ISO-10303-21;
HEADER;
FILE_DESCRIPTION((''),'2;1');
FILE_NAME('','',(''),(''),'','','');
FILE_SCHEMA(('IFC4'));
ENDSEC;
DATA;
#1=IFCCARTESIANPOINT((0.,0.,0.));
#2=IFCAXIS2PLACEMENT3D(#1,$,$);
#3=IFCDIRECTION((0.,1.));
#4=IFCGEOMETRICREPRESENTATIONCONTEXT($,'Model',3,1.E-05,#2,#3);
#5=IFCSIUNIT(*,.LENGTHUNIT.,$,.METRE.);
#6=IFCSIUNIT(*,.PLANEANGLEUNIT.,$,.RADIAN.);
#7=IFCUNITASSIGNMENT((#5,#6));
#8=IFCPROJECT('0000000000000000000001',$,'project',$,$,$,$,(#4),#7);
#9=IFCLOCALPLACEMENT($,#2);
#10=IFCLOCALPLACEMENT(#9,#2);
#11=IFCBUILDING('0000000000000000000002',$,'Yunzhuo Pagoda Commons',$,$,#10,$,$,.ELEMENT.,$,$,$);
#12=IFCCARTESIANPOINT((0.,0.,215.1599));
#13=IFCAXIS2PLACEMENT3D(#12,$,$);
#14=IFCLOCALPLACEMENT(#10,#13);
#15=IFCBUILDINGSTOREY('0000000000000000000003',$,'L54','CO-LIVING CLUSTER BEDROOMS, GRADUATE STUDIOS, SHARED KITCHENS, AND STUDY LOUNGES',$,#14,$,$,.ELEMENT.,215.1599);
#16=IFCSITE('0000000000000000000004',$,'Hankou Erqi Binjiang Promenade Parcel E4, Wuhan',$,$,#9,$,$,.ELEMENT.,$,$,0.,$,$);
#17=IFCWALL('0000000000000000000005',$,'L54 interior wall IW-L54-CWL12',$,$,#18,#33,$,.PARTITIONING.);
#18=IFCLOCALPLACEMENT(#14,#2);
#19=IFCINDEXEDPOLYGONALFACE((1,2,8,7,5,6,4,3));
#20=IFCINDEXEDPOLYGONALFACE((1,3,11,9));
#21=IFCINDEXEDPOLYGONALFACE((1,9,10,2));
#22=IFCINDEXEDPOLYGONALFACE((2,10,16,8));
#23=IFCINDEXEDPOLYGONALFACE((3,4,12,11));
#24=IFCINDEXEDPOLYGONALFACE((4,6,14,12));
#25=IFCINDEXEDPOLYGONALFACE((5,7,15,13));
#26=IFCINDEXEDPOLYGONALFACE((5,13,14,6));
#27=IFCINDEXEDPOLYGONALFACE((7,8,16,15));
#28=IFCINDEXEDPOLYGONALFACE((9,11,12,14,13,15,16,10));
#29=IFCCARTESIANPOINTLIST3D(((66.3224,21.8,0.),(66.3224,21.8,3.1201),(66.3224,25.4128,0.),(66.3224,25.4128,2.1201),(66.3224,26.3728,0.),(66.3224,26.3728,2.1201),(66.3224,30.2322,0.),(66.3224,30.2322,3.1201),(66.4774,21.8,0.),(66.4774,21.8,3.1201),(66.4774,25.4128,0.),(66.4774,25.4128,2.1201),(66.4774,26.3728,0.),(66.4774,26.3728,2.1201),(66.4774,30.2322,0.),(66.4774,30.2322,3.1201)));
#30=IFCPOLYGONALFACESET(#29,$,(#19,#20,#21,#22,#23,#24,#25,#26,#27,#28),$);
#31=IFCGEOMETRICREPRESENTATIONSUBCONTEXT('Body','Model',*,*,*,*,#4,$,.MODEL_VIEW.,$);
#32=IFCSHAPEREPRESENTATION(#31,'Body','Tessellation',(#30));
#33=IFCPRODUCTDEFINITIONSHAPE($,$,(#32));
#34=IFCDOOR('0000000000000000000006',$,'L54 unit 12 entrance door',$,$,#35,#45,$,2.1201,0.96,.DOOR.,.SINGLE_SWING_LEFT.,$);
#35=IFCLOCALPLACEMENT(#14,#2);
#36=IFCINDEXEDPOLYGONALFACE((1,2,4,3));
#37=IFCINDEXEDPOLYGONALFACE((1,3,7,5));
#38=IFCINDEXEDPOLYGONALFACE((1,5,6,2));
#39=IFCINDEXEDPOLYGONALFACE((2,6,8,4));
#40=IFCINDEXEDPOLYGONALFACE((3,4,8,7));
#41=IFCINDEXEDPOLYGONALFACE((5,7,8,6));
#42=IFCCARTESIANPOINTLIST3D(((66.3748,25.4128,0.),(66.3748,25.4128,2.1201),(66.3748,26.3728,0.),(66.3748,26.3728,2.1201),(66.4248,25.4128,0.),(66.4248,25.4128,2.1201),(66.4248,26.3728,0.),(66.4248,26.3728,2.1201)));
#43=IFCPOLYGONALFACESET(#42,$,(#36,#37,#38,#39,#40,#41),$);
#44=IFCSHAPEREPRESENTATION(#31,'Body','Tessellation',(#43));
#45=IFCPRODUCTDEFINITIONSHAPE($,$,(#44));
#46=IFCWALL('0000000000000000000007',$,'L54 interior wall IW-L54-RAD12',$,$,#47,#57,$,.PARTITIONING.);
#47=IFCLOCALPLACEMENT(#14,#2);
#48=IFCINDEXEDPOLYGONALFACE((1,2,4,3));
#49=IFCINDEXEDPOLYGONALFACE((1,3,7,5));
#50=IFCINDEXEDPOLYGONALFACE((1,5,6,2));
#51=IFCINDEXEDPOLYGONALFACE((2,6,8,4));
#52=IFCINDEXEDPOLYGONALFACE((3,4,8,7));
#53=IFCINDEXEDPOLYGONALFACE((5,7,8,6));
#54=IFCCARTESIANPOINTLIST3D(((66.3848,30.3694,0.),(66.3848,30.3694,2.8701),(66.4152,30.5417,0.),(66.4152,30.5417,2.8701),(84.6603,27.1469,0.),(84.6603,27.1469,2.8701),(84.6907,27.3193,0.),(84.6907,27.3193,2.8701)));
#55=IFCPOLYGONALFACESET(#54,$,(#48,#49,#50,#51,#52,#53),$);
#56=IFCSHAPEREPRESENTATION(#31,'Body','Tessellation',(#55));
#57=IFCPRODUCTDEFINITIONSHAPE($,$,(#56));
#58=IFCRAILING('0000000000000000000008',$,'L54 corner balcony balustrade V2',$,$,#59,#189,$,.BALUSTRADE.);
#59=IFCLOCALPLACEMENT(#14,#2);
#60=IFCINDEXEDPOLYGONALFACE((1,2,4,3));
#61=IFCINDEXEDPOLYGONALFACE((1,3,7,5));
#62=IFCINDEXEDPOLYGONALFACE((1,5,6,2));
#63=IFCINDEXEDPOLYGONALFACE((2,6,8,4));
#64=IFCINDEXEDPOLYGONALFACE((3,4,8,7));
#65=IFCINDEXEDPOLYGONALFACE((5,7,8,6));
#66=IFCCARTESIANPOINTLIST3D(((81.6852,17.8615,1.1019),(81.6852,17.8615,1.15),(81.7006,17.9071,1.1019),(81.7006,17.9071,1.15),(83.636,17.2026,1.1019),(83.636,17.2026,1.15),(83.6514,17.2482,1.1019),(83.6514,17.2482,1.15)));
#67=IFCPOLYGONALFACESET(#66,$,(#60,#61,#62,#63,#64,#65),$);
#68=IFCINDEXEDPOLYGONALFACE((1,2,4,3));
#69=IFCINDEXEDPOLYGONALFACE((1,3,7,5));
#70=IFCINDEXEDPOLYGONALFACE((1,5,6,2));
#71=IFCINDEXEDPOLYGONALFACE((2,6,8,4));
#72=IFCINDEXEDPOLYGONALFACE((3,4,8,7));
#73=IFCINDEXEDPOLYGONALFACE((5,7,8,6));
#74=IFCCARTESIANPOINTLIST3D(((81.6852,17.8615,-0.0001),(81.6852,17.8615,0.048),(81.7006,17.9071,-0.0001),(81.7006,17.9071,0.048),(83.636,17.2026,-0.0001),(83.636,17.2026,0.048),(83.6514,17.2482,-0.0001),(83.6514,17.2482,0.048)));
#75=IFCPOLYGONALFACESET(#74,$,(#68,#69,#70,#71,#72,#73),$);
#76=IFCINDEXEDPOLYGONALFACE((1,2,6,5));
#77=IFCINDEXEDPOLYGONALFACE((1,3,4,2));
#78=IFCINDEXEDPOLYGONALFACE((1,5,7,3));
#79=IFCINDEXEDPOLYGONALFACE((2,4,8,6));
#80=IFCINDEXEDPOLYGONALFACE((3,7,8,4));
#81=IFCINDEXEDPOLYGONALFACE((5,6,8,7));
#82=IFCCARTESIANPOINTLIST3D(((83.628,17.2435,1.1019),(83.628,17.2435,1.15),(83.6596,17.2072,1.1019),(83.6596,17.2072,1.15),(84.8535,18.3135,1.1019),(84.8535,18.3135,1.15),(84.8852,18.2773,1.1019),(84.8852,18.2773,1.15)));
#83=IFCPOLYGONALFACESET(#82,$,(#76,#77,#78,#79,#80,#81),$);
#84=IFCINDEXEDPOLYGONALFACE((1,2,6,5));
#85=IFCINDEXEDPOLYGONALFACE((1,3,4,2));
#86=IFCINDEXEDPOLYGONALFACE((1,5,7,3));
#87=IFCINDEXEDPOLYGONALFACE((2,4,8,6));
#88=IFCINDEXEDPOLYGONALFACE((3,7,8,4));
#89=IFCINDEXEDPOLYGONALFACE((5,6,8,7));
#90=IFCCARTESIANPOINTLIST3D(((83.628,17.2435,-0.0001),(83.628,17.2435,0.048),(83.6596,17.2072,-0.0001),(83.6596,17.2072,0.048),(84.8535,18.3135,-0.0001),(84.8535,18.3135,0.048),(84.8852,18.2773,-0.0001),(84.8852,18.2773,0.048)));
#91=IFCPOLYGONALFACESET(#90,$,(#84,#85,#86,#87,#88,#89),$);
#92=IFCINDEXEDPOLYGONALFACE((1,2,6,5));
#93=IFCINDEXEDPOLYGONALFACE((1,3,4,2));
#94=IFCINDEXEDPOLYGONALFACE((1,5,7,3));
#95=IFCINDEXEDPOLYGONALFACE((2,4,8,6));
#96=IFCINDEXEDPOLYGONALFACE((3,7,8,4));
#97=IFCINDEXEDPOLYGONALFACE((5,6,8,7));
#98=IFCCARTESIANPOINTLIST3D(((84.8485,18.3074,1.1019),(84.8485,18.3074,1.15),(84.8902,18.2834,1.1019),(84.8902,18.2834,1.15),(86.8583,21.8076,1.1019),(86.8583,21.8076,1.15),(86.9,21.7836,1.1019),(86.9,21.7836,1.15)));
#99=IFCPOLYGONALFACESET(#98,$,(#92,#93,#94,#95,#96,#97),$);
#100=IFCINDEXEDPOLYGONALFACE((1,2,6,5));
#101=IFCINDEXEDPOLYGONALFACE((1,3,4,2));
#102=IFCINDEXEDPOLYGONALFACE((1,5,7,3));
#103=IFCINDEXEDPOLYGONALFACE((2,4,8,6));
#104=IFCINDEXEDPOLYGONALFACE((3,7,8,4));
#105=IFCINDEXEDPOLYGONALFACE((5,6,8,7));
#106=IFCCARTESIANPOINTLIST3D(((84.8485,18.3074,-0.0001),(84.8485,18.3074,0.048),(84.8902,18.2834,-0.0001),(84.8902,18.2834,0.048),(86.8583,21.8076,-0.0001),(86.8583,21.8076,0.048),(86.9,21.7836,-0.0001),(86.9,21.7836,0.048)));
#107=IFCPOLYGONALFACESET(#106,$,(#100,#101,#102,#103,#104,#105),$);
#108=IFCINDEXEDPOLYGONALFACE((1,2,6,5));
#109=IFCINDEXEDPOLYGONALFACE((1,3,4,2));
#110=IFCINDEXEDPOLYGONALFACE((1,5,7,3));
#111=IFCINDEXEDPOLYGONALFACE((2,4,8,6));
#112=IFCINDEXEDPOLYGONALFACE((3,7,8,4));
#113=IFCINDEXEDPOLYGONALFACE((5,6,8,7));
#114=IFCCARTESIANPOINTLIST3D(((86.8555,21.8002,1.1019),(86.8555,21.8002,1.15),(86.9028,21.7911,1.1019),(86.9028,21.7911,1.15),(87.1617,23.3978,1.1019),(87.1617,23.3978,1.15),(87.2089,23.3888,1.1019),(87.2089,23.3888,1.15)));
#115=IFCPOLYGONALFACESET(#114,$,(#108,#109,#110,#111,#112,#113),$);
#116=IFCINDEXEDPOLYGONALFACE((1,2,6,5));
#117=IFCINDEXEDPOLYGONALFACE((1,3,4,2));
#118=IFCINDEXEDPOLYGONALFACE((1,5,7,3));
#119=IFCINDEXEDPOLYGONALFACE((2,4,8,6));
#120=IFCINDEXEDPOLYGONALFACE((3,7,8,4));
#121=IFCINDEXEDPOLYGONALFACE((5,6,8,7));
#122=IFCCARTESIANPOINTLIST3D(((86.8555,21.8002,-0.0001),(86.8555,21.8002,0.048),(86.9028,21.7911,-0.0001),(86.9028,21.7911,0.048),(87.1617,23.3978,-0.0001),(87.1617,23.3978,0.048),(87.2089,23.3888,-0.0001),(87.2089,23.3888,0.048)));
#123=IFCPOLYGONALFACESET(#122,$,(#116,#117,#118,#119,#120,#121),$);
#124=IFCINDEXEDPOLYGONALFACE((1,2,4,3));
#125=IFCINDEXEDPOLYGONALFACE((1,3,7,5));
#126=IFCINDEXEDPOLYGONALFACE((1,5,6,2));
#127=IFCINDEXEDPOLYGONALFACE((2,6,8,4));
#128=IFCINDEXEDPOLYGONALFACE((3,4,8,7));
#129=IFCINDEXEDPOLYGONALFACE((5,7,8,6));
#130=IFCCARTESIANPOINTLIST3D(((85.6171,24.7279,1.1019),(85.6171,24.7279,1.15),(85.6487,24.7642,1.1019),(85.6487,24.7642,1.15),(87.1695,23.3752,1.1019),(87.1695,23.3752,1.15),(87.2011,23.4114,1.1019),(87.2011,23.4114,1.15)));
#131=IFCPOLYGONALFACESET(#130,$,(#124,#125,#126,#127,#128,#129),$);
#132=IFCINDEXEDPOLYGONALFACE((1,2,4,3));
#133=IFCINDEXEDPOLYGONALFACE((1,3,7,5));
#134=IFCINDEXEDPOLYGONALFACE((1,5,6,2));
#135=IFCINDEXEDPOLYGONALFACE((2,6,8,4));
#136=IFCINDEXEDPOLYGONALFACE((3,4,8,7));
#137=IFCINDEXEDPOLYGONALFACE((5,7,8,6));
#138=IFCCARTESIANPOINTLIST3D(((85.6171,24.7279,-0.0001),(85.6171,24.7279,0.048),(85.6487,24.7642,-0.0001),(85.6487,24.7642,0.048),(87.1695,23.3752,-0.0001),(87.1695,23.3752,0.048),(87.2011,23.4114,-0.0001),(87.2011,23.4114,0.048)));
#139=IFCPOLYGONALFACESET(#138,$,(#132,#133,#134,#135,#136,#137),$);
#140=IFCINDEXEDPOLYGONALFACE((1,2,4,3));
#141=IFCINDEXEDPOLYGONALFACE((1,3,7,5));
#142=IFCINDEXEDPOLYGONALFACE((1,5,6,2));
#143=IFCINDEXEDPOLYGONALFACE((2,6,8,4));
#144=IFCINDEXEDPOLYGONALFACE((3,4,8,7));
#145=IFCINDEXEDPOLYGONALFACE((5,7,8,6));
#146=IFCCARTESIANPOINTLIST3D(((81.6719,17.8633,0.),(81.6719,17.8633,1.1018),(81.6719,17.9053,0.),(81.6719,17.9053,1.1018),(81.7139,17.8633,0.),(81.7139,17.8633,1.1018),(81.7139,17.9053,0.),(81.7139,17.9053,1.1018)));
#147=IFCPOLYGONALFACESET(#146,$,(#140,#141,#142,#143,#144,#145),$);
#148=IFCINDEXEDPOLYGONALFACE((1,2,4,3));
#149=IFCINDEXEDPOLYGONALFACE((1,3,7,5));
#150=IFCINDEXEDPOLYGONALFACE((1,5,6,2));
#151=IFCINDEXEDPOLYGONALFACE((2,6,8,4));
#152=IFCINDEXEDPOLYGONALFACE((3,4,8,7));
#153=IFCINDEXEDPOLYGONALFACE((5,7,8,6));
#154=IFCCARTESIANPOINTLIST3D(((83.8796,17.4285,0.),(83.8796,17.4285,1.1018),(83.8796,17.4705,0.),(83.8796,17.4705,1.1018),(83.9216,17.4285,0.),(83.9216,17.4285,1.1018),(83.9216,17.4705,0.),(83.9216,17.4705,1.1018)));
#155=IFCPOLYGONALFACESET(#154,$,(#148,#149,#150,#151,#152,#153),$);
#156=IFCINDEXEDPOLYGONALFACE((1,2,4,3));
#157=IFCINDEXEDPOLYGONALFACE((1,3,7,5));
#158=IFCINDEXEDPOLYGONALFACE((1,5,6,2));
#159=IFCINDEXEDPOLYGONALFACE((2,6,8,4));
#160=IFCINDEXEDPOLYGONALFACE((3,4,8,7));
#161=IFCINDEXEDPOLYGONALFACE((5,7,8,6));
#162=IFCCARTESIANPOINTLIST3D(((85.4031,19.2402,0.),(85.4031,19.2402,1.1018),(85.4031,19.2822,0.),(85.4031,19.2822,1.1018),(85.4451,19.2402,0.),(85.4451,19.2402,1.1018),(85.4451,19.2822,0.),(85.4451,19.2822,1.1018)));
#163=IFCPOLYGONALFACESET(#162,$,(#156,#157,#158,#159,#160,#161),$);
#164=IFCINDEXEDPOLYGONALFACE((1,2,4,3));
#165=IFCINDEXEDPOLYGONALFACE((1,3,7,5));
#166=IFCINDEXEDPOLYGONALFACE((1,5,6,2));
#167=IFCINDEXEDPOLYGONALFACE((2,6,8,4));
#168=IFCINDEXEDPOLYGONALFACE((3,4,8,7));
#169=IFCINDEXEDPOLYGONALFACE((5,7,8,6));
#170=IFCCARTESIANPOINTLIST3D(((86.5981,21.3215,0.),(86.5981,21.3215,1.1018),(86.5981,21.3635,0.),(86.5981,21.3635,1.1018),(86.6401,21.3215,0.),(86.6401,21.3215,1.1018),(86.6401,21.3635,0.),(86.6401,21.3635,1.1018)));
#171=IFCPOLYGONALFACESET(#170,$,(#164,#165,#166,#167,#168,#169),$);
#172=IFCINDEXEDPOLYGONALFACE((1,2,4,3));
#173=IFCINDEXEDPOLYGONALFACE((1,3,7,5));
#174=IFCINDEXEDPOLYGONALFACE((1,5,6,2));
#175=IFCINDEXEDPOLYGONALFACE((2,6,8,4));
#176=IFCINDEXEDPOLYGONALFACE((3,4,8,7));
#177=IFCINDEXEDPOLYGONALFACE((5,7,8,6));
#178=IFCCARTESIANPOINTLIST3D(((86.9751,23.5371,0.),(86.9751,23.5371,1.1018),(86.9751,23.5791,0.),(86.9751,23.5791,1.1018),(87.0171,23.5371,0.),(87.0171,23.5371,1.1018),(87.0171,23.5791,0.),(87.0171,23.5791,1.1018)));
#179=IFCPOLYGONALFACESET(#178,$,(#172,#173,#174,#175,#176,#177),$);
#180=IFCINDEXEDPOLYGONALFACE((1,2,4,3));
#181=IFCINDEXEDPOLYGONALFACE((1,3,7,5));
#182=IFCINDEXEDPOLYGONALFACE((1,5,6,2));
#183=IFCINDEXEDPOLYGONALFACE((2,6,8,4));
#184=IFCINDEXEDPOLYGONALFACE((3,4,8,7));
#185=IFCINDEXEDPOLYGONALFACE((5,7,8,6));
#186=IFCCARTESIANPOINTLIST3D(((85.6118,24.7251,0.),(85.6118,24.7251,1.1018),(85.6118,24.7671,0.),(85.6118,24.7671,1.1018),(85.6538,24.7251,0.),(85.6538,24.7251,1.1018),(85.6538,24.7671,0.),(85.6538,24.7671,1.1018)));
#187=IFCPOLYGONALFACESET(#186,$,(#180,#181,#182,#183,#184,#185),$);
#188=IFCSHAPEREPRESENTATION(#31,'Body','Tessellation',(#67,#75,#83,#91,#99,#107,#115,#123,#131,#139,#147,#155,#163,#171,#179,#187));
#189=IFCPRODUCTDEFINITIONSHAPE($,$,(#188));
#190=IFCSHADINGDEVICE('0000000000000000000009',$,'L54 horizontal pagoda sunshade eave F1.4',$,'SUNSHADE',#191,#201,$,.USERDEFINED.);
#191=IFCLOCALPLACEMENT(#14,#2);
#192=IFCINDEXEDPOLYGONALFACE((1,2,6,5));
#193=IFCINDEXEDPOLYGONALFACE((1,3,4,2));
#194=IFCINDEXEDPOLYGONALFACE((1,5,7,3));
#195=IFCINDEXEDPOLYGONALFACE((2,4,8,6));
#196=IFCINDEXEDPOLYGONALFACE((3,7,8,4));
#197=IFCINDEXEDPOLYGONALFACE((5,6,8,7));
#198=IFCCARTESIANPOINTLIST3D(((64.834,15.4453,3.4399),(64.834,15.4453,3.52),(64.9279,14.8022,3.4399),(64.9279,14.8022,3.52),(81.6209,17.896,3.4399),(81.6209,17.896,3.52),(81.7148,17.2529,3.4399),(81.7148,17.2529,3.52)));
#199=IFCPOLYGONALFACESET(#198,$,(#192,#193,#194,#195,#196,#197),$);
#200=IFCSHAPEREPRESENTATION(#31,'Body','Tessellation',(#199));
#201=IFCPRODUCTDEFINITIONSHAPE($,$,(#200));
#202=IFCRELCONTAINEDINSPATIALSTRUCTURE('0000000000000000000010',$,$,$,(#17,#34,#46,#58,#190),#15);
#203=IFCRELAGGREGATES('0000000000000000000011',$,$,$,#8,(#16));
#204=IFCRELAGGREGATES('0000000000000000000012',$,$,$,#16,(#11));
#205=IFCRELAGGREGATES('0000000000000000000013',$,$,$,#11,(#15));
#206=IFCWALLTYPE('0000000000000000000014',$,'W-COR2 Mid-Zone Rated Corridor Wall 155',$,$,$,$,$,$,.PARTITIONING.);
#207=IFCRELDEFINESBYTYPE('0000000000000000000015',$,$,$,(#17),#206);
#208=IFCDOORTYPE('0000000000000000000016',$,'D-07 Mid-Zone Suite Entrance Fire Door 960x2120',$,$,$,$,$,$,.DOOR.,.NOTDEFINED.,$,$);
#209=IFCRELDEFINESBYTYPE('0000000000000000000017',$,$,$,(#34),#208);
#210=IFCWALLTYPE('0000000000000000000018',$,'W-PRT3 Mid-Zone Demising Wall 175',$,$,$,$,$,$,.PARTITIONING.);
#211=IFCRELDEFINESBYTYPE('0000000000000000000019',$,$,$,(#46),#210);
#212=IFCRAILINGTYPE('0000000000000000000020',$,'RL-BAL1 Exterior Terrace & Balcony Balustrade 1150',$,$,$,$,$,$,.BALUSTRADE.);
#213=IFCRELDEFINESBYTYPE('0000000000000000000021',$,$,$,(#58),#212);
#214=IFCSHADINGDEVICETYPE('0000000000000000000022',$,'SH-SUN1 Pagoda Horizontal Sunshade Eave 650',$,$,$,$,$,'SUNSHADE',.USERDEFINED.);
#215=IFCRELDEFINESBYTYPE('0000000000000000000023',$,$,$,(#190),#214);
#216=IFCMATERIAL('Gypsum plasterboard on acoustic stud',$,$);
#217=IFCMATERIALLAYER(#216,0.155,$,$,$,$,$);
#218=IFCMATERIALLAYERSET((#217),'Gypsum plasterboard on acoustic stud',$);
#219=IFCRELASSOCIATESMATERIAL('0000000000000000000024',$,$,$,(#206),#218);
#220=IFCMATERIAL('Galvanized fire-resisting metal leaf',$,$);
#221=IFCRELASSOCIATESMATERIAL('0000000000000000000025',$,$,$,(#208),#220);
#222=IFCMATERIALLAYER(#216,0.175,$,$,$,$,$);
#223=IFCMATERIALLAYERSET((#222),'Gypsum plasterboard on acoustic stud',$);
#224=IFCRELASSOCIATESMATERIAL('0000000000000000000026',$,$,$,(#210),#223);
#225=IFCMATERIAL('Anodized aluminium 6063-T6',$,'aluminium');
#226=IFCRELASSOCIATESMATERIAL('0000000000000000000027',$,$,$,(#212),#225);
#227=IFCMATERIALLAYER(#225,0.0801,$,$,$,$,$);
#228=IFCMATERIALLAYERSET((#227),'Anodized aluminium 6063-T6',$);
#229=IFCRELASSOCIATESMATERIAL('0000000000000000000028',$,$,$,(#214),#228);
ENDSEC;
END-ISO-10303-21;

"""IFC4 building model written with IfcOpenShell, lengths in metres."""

from ifc_helpers import new_model, si_unit, direction, frame, frame_2d, origin, origin_with_axes, origin_2d, place, context, subcontext, project, spatial, rectangle, extrude, source, transform, mapped, material, layer, layer_set, type_object, element, fill, save


model = new_model("IFC4")

# Units and contexts
model_context = context("Model", 3, precision=1e-05, world=origin(), true_north=direction((0.0, 1.0)))
body_context = subcontext(model_context, "Body", "Model", "MODEL_VIEW")
ifc_project = project(units=[si_unit("LENGTHUNIT", "METRE"), si_unit("PLANEANGLEUNIT", "RADIAN")], contexts=[model_context])

# Site, building, storey
site_placement = place(None, origin())
site = spatial("IfcSite", under=ifc_project, at=site_placement, Name="Hankou Erqi Binjiang Promenade Parcel E4, Wuhan", CompositionType="ELEMENT", RefElevation=0.0)
building_placement = place(site_placement, origin())
building = spatial("IfcBuilding", under=site, at=building_placement, Name="Yunzhuo Pagoda Commons", CompositionType="ELEMENT")
storey_placement = place(building_placement, frame((0.0, 0.0, 215.1599)))
storey = spatial("IfcBuildingStorey", under=building, at=storey_placement, Name="L54", Description="CO-LIVING CLUSTER BEDROOMS, GRADUATE STUDIOS, SHARED KITCHENS, AND STUDY LOUNGES", CompositionType="ELEMENT", Elevation=215.1599)

# Shared definitions
ifc_material_1 = material(Name="Anodized aluminium 6063-T6", Category="aluminium")

# Wall, opening, door
ifc_material_2 = material(Name="Gypsum plasterboard on acoustic stud")
ifc_layer_1 = layer(ifc_material_2, 0.155)
ifc_layer_set_1 = layer_set([ifc_layer_1], Name="Gypsum plasterboard on acoustic stud")
wall_type_1 = type_object("IfcWallType", Name="W-COR2 Mid-Zone Rated Corridor Wall 155", PredefinedType="PARTITIONING", material=ifc_layer_set_1)
wall_1_placement = place(storey_placement, frame((66.3999, 30.2322, 0.0), z_axis=(0.0, 0.0, 1.0), x_axis=(0.0, -1.0, 0.0)))
wall_1 = element("IfcWall", 1, at=wall_1_placement, inside=storey, type_object=wall_type_1, Name="L54 interior wall IW-L54-CWL12", PredefinedType="PARTITIONING", context=body_context, shape_type="SweptSolid", body=[
    extrude(rectangle(XDim=8.4321, YDim=0.155, at=frame_2d((4.2161, 0.0))), origin(), (0.0, 0.0, 1.0), 3.1201),
])
opening_1_placement = place(wall_1_placement, frame((3.8594, 0.0, 0.0)))
opening_1 = element("IfcOpeningElement", 2, at=opening_1_placement, cuts=wall_1, PredefinedType="OPENING", context=body_context, shape_type="SweptSolid", body=[
    extrude(rectangle(XDim=0.96, YDim=2.1201, at=frame_2d((0.48, 1.0601))), frame((0.0, 0.0874, 0.0), z_axis=(0.0, -1.0, 0.0), x_axis=(1.0, 0.0, 0.0)), (0.0, 0.0, 1.0), 0.175),
])
ifc_material_3 = material(Name="Galvanized fire-resisting metal leaf")
door_type_1 = type_object("IfcDoorType", Name="D-07 Mid-Zone Suite Entrance Fire Door 960x2120", OperationType="NOTDEFINED", PredefinedType="DOOR", material=ifc_material_3)
shared_shape_1 = source(origin(), body_context, "Body", "SweptSolid", [
    extrude(rectangle(XDim=0.96, YDim=2.1201, at=frame_2d((0.48, 1.0601))), frame((0.0, 0.0249, 0.0), z_axis=(0.0, -1.0, 0.0), x_axis=(1.0, 0.0, 0.0)), (0.0, 0.0, 1.0), 0.05),
])
door_1_placement = place(opening_1_placement, origin_with_axes())
door_1 = element("IfcDoor", 3, at=door_1_placement, inside=storey, type_object=door_type_1, Name="L54 unit 12 entrance door", OperationType="SINGLE_SWING_LEFT", OverallHeight=2.1201, OverallWidth=0.96, PredefinedType="DOOR", context=body_context, shape_type="MappedRepresentation", body=[
    mapped(shared_shape_1, transform((0.0, 0.0, 0.0), scale=1.0)),
])
fill(opening_1, door_1)

# Wall
ifc_layer_2 = layer(ifc_material_2, 0.175)
ifc_layer_set_2 = layer_set([ifc_layer_2], Name="Gypsum plasterboard on acoustic stud")
wall_type_2 = type_object("IfcWallType", Name="W-PRT3 Mid-Zone Demising Wall 175", PredefinedType="PARTITIONING", material=ifc_layer_set_2)
wall_2_placement = place(storey_placement, frame((66.3999, 30.4556, 0.0), z_axis=(0.0, 0.0, 1.0), x_axis=(0.984808, -0.173646, 0.0)))
element("IfcWall", 4, at=wall_2_placement, inside=storey, type_object=wall_type_2, Name="L54 interior wall IW-L54-RAD12", PredefinedType="PARTITIONING", context=body_context, shape_type="SweptSolid", body=[
    extrude(rectangle(XDim=18.5574, YDim=0.175, at=frame_2d((9.2788, 0.0))), origin(), (0.0, 0.0, 1.0), 2.8701),
])

# Railing
railing_type = type_object("IfcRailingType", Name="RL-BAL1 Exterior Terrace & Balcony Balustrade 1150", PredefinedType="BALUSTRADE", material=ifc_material_1)
railing_placement = place(storey_placement, frame((81.6929, 17.8843, 0.0)))
element("IfcRailing", 5, at=railing_placement, inside=storey, type_object=railing_type, Name="L54 corner balcony balustrade V2", PredefinedType="BALUSTRADE", context=body_context, shape_type="SweptSolid", body=[
    extrude(rectangle(XDim=0.0481, YDim=0.0481, at=origin_2d()), frame((0.0, 0.0, 1.126), z_axis=(0.947419, -0.319996, 0.0), x_axis=(0.319996, 0.947419, 0.0)), (0.0, 0.0, 1.0), 2.0591),
    extrude(rectangle(XDim=0.0481, YDim=0.0481, at=origin_2d()), frame((0.0, 0.0, 0.0239), z_axis=(0.947419, -0.319996, 0.0), x_axis=(0.319996, 0.947419, 0.0)), (0.0, 0.0, 1.0), 2.0591),
    extrude(rectangle(XDim=0.0481, YDim=0.0481, at=origin_2d()), frame((1.9509, -0.6589, 1.126), z_axis=(0.753283, 0.657697, 0.0), x_axis=(-0.657697, 0.753283, 0.0)), (0.0, 0.0, 1.0), 1.627),
    extrude(rectangle(XDim=0.0481, YDim=0.0481, at=origin_2d()), frame((1.9509, -0.6589, 0.0239), z_axis=(0.753283, 0.657697, 0.0), x_axis=(-0.657697, 0.753283, 0.0)), (0.0, 0.0, 1.0), 1.627),
    extrude(rectangle(XDim=0.0481, YDim=0.0481, at=origin_2d()), frame((3.1765, 0.4111, 1.126), z_axis=(0.497936, 0.867214, 0.0), x_axis=(-0.867214, 0.497936, 0.0)), (0.0, 0.0, 1.0), 4.0361),
    extrude(rectangle(XDim=0.0481, YDim=0.0481, at=origin_2d()), frame((3.1765, 0.4111, 0.0239), z_axis=(0.497936, 0.867214, 0.0), x_axis=(-0.867214, 0.497936, 0.0)), (0.0, 0.0, 1.0), 4.0361),
    extrude(rectangle(XDim=0.0481, YDim=0.0481, at=origin_2d()), frame((5.1863, 3.9114, 1.126), z_axis=(0.188202, 0.98213, 0.0), x_axis=(-0.98213, 0.188202, 0.0)), (0.0, 0.0, 1.0), 1.6267),
    extrude(rectangle(XDim=0.0481, YDim=0.0481, at=origin_2d()), frame((5.1863, 3.9114, 0.0239), z_axis=(0.188202, 0.98213, 0.0), x_axis=(-0.98213, 0.188202, 0.0)), (0.0, 0.0, 1.0), 1.6267),
    extrude(rectangle(XDim=0.0481, YDim=0.0481, at=origin_2d()), frame((5.4924, 5.509, 1.126), z_axis=(-0.753934, 0.65695, 0.0), x_axis=(-0.65695, -0.753934, 0.0)), (0.0, 0.0, 1.0), 2.0591),
    extrude(rectangle(XDim=0.0481, YDim=0.0481, at=origin_2d()), frame((5.4924, 5.509, 0.0239), z_axis=(-0.753934, 0.65695, 0.0), x_axis=(-0.65695, -0.753934, 0.0)), (0.0, 0.0, 1.0), 2.0591),
    extrude(rectangle(XDim=0.042, YDim=0.042, at=origin_2d()), origin(), (0.0, 0.0, 1.0), 1.1018),
    extrude(rectangle(XDim=0.042, YDim=0.042, at=origin_2d()), frame((2.2078, -0.4348, 0.0)), (0.0, 0.0, 1.0), 1.1018),
    extrude(rectangle(XDim=0.042, YDim=0.042, at=origin_2d()), frame((3.7312, 1.377, 0.0)), (0.0, 0.0, 1.0), 1.1018),
    extrude(rectangle(XDim=0.042, YDim=0.042, at=origin_2d()), frame((4.9263, 3.4583, 0.0)), (0.0, 0.0, 1.0), 1.1018),
    extrude(rectangle(XDim=0.042, YDim=0.042, at=origin_2d()), frame((5.3032, 5.6738, 0.0)), (0.0, 0.0, 1.0), 1.1018),
    extrude(rectangle(XDim=0.042, YDim=0.042, at=origin_2d()), frame((3.9399, 6.8618, 0.0)), (0.0, 0.0, 1.0), 1.1018),
])

# Shading device
ifc_layer_3 = layer(ifc_material_1, 0.0801)
ifc_layer_set_3 = layer_set([ifc_layer_3], Name="Anodized aluminium 6063-T6")
shading_device_type = type_object("IfcShadingDeviceType", Name="SH-SUN1 Pagoda Horizontal Sunshade Eave 650", ElementType="SUNSHADE", PredefinedType="USERDEFINED", material=ifc_layer_set_3)
shared_shape_2 = source(origin(), body_context, "Body", "SweptSolid", [
    extrude(rectangle(XDim=16.9648, YDim=0.6499, at=origin_2d()), origin(), (0.0, 0.0, 1.0), 0.0801),
])
shading_device_1_placement = place(storey_placement, frame((73.2744, 16.3491, 3.4399), z_axis=(0.0, 0.0, 1.0), x_axis=(0.989511, 0.14446, 0.0)))
element("IfcShadingDevice", 6, at=shading_device_1_placement, inside=storey, type_object=shading_device_type, Name="L54 horizontal pagoda sunshade eave F1.4", ObjectType="SUNSHADE", PredefinedType="USERDEFINED", context=body_context, shape_type="MappedRepresentation", body=[
    mapped(shared_shape_2, transform((0.0, 0.0, 0.0), scale=1.0)),
])

save(model, "model.ifc")
